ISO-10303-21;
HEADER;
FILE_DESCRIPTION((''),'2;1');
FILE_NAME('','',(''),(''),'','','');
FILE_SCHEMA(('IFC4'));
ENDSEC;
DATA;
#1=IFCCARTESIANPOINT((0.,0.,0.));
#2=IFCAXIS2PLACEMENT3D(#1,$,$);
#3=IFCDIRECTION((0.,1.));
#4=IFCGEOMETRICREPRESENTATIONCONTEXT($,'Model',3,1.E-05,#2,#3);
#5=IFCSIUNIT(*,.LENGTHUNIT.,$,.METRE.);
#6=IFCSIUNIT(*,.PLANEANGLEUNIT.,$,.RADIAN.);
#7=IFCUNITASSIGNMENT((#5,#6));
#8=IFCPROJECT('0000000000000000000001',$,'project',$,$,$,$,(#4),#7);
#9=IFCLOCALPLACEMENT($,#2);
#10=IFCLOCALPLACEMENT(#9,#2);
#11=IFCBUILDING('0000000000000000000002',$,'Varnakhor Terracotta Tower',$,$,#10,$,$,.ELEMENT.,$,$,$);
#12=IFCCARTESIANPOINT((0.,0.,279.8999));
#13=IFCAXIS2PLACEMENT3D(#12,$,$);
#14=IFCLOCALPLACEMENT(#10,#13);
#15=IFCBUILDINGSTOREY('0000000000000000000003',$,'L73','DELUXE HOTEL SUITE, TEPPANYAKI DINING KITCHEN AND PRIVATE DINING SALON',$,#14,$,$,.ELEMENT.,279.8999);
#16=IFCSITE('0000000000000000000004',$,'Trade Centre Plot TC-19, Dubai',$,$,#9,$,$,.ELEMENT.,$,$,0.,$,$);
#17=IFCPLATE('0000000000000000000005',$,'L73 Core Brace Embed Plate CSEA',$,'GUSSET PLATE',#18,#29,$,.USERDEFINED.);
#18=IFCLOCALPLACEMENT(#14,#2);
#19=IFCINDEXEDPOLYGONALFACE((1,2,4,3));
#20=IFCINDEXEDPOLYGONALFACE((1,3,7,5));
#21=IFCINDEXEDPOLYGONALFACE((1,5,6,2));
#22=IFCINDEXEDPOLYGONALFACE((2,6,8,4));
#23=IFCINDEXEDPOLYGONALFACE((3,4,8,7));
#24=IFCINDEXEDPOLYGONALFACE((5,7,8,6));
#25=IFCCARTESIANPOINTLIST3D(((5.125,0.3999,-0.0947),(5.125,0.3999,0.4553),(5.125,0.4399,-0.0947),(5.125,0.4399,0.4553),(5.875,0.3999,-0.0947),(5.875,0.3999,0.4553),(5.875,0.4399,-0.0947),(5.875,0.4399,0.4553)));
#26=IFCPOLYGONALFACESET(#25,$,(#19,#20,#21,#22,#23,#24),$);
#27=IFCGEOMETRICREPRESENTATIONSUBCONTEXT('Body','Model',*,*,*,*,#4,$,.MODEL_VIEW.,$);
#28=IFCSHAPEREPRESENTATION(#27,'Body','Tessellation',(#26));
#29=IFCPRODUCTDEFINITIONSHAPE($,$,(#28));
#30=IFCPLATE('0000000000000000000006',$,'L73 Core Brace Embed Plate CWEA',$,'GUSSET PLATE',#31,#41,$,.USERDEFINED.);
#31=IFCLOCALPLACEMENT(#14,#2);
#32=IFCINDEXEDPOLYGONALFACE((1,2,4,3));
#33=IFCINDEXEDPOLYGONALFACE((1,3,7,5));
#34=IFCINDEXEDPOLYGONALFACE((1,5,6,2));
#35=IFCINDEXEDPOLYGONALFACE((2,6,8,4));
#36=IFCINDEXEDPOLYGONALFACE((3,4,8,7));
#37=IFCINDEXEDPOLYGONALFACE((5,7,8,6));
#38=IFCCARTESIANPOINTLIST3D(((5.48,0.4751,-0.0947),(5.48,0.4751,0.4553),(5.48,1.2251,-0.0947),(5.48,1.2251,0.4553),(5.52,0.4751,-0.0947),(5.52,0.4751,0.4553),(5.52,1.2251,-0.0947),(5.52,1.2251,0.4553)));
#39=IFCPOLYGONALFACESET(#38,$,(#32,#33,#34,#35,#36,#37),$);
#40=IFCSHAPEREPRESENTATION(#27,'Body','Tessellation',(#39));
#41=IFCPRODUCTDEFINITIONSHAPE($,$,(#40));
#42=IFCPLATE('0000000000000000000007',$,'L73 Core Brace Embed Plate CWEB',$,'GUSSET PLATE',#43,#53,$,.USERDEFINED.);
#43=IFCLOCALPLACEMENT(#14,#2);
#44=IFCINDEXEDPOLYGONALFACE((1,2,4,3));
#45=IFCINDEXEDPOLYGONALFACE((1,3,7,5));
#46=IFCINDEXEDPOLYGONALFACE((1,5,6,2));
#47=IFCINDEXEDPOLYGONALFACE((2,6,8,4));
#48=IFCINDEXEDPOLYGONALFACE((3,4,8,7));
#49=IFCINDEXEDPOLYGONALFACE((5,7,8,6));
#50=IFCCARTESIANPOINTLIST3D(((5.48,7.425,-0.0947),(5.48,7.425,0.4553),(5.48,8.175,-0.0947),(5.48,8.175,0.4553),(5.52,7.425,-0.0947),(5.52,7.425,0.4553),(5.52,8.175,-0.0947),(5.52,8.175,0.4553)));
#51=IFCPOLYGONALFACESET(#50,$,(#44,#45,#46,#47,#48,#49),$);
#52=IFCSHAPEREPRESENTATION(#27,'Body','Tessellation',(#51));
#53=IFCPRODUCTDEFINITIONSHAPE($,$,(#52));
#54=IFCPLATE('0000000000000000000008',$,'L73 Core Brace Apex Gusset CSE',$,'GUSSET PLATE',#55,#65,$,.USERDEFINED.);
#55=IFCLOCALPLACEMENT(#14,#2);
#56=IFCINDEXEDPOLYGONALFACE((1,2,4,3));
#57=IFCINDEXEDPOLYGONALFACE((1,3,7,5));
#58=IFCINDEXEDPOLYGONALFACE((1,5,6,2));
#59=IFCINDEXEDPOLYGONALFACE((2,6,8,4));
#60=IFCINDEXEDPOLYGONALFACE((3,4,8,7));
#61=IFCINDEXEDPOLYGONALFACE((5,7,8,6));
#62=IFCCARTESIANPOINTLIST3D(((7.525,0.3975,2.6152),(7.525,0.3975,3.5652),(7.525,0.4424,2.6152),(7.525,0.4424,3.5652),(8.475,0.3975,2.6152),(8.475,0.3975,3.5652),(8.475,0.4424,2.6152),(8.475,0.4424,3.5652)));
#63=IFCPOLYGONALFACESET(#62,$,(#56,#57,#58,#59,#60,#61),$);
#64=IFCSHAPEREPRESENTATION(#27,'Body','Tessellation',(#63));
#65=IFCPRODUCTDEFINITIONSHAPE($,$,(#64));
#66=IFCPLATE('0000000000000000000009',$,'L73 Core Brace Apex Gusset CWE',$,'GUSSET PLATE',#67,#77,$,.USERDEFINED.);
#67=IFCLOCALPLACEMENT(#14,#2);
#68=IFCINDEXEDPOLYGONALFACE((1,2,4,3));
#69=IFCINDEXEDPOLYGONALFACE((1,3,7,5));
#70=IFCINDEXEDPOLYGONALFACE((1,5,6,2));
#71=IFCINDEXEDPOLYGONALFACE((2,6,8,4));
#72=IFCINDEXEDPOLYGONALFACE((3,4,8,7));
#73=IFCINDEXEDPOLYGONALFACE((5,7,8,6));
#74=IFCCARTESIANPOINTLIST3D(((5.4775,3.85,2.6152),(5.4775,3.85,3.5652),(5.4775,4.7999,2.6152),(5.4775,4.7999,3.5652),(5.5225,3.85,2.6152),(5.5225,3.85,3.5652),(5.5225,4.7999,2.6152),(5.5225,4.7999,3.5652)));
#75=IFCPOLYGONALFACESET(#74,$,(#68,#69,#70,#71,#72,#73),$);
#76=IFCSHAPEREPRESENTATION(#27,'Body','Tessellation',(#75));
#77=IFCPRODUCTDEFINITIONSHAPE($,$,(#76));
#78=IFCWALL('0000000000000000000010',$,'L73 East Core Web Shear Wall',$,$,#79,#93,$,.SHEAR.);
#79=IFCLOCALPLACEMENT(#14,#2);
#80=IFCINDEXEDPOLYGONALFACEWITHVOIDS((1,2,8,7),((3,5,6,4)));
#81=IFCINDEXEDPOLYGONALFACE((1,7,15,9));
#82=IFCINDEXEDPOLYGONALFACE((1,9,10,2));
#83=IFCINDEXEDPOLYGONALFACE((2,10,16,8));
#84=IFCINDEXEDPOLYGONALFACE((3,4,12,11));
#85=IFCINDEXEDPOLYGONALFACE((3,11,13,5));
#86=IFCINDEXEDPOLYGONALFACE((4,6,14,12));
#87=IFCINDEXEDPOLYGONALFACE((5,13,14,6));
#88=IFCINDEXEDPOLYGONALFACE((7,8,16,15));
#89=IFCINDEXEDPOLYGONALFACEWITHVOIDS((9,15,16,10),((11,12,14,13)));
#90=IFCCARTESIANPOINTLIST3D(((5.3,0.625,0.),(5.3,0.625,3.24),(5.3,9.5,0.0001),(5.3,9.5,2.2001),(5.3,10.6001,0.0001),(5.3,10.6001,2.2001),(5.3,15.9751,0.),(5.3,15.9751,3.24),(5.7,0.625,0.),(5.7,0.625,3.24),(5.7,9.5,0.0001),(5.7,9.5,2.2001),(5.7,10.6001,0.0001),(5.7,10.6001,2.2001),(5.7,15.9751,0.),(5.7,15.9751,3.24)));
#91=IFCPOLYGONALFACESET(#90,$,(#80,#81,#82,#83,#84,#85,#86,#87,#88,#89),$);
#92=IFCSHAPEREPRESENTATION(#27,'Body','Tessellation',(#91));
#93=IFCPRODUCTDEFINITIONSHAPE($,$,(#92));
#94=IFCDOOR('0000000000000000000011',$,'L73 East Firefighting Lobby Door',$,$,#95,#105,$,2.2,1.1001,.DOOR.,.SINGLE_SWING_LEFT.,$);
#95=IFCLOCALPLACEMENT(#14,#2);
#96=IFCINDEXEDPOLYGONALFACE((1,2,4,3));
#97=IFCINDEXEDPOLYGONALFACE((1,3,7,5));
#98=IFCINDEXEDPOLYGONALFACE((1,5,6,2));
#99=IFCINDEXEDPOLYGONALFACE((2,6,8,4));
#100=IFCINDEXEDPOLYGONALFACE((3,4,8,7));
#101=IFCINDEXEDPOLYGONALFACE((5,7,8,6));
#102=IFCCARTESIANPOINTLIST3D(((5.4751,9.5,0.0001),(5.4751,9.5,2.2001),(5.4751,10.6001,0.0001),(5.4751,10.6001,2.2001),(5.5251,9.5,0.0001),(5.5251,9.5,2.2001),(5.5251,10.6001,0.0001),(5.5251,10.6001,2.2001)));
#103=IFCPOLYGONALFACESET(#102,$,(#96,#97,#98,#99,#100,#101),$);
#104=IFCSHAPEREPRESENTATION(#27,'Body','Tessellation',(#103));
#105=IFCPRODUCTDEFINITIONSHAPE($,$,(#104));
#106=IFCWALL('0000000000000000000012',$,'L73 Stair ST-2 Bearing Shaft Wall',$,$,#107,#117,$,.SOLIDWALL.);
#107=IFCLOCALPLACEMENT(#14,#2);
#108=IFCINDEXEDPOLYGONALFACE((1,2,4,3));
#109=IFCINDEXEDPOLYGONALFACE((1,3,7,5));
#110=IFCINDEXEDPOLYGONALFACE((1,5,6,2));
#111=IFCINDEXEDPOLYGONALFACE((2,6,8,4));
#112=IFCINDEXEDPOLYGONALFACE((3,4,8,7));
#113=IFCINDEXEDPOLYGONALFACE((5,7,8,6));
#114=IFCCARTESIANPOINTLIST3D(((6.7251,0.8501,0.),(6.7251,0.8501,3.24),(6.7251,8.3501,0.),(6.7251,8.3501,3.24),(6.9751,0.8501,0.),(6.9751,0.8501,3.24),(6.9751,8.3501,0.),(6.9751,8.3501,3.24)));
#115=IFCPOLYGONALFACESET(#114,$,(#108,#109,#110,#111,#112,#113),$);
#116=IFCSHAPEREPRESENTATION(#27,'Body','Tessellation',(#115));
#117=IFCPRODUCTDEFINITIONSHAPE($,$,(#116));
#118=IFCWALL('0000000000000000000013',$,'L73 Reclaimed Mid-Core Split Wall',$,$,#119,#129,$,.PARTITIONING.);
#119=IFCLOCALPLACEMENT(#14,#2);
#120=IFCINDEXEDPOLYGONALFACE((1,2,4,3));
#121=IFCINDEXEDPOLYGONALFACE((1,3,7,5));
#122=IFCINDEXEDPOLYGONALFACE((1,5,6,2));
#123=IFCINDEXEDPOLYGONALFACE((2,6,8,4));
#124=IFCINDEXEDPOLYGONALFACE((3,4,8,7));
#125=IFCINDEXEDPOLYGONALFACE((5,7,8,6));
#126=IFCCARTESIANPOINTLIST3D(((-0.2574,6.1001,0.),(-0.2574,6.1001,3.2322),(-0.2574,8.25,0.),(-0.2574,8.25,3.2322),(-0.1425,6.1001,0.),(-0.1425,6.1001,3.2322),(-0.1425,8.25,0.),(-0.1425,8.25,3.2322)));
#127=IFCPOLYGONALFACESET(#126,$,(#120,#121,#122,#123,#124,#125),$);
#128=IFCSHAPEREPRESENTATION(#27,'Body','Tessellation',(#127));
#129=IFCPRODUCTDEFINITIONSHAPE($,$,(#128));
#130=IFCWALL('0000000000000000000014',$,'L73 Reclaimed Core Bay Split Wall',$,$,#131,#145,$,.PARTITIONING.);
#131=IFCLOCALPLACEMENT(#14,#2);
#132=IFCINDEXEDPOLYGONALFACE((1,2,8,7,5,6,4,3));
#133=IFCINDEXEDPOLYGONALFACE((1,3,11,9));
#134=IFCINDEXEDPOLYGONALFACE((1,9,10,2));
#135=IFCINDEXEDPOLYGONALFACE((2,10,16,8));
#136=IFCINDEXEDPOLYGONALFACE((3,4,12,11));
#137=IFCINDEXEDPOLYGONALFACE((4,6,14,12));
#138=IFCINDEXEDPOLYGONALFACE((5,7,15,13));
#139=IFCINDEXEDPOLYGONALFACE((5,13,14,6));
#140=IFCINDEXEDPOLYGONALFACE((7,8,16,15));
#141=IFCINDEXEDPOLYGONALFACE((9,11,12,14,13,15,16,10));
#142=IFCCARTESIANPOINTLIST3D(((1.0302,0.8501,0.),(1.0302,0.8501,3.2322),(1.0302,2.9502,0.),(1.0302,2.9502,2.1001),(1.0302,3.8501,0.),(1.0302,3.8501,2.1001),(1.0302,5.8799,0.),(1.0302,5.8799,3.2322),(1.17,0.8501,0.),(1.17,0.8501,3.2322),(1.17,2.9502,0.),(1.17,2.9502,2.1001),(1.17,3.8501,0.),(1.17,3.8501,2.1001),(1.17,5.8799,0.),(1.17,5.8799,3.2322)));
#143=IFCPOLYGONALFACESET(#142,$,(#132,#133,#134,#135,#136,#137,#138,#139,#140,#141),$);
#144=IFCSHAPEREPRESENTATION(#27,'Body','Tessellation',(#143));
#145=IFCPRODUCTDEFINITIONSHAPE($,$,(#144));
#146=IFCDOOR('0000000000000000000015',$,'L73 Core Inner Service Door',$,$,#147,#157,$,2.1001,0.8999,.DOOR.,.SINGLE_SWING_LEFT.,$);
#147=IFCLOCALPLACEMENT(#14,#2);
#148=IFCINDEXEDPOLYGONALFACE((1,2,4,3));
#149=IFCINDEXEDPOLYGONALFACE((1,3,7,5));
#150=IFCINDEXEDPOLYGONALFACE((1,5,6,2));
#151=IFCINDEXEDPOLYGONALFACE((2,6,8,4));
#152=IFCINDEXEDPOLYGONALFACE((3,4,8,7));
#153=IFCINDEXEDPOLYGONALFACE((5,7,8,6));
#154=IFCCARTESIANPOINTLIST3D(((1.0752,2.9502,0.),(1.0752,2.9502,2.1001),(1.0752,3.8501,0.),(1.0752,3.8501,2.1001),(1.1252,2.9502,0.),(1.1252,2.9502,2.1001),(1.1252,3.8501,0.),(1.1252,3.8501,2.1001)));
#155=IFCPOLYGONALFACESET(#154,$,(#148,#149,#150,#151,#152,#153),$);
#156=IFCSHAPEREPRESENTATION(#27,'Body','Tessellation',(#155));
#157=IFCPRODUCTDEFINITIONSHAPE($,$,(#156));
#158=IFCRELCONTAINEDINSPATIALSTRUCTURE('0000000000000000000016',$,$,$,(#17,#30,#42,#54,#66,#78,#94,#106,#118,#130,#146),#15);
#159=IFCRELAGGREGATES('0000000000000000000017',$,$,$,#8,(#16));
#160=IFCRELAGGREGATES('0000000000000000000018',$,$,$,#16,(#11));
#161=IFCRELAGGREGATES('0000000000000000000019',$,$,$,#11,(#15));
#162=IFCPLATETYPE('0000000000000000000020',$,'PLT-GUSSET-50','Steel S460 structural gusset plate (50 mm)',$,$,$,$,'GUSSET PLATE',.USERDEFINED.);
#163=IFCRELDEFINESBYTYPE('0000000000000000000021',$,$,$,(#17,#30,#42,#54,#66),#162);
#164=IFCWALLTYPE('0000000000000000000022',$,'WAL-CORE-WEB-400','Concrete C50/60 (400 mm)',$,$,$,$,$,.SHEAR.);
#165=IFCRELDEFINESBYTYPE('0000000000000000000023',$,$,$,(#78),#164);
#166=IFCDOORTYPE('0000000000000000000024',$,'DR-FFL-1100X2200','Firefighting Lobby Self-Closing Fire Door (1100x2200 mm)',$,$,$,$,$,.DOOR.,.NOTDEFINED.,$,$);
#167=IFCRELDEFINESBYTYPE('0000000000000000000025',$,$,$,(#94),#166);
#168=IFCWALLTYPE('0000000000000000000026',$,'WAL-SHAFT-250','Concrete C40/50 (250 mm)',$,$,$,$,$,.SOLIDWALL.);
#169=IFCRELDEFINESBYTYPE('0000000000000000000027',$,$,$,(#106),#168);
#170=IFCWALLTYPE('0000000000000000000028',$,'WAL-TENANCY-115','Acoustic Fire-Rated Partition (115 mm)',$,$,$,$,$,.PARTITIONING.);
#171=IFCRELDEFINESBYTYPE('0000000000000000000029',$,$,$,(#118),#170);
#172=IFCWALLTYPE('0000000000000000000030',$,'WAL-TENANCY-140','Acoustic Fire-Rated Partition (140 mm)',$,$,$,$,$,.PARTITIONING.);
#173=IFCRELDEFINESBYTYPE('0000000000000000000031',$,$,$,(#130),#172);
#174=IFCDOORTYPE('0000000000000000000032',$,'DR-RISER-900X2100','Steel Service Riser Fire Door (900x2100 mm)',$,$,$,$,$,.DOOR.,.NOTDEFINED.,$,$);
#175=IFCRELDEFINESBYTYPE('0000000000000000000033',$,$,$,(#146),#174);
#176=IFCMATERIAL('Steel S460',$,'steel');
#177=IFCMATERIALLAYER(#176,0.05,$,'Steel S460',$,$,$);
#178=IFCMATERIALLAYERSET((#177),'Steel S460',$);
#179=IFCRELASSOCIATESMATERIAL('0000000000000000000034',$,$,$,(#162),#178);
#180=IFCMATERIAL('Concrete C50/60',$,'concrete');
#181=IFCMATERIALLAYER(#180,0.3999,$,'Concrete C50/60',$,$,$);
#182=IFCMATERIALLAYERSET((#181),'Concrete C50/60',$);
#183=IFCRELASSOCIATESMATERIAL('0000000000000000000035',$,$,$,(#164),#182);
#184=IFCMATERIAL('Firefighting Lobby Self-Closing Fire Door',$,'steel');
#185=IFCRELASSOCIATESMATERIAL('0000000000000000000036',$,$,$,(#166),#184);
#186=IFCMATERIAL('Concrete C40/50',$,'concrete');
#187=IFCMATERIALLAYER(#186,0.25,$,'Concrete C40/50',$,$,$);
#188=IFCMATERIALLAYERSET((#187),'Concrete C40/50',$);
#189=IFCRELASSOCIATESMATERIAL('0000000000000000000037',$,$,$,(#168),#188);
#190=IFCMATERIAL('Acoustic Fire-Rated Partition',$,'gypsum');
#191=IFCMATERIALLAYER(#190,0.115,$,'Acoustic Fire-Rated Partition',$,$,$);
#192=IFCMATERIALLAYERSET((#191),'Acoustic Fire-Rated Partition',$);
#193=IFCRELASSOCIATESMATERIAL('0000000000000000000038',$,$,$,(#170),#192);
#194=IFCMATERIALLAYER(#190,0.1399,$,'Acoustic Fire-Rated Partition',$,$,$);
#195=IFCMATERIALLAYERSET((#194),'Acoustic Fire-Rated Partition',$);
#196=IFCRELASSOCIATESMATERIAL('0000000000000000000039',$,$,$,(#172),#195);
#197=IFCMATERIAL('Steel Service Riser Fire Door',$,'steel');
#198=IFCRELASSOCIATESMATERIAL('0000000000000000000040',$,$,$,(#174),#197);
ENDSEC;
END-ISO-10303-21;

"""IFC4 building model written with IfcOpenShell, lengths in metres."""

from ifc_helpers import new_model, si_unit, direction, frame, frame_2d, origin, origin_2d, place, context, subcontext, project, spatial, rectangle, extrude, source, transform, mapped, material, layer, layer_set, type_object, type_shapes, element, fill, save


model = new_model("IFC4")

# Units and contexts
model_context = context("Model", 3, precision=1e-05, world=origin(), true_north=direction((0.0, 1.0)))
body_context = subcontext(model_context, "Body", "Model", "MODEL_VIEW")
ifc_project = project(units=[si_unit("LENGTHUNIT", "METRE"), si_unit("PLANEANGLEUNIT", "RADIAN")], contexts=[model_context])

# Site, building, storey
site_placement = place(None, origin())
site = spatial("IfcSite", under=ifc_project, at=site_placement, Name="Trade Centre Plot TC-19, Dubai", CompositionType="ELEMENT", RefElevation=0.0)
building_placement = place(site_placement, origin())
building = spatial("IfcBuilding", under=site, at=building_placement, Name="Varnakhor Terracotta Tower", CompositionType="ELEMENT")
storey_placement = place(building_placement, frame((0.0, 0.0, 279.8999)))
storey = spatial("IfcBuildingStorey", under=building, at=storey_placement, Name="L73", Description="DELUXE HOTEL SUITE, TEPPANYAKI DINING KITCHEN AND PRIVATE DINING SALON", CompositionType="ELEMENT", Elevation=279.8999)

# Shared definitions
ifc_material_1 = material(Name="Concrete C50/60", Category="concrete")

# Shared definitions
ifc_material_2 = material(Name="Concrete C40/50", Category="concrete")

# Plates
ifc_material_3 = material(Name="Steel S460", Category="steel")
ifc_layer_1 = layer(ifc_material_3, 0.05, Name="Steel S460")
ifc_layer_set_1 = layer_set([ifc_layer_1], Name="Steel S460")
plate_type = type_object("IfcPlateType", Name="PLT-GUSSET-50", Description="Steel S460 structural gusset plate (50 mm)", ElementType="GUSSET PLATE", PredefinedType="USERDEFINED", material=ifc_layer_set_1)
shared_shape_1 = source(origin(), body_context, "Body", "SweptSolid", [
    extrude(rectangle(XDim=0.75, YDim=0.04, at=origin_2d()), origin(), (0.0, 0.0, 1.0), 0.55),
])
type_shapes(plate_type, [shared_shape_1])
for number, where, z_axis, x_axis, name in (
    (1, (5.5, 0.4199, -0.0947), (0.0, 0.0, 1.0), (1.0, 0.0, 0.0), "L73 Core Brace Embed Plate CSEA"),
    (2, (5.5, 0.8501, -0.0947), (0.0, 0.0, 1.0), (0.0, 1.0, 0.0), "L73 Core Brace Embed Plate CWEA"),
    (3, (5.5, 7.8, -0.0947), (0.0, 0.0, 1.0), (0.0, 1.0, 0.0), "L73 Core Brace Embed Plate CWEB"),
):
    element("IfcPlate", number, at=place(storey_placement, frame(where, z_axis=z_axis, x_axis=x_axis)), inside=storey, type_object=plate_type, Name=name, ObjectType="GUSSET PLATE", PredefinedType="USERDEFINED", context=body_context, shape_type="MappedRepresentation", body=[
        mapped(shared_shape_1, transform((0.0, 0.0, 0.0), scale=1.0)),
    ])
shared_shape_2 = source(origin(), body_context, "Body", "SweptSolid", [
    extrude(rectangle(XDim=0.95, YDim=0.0449, at=origin_2d()), origin(), (0.0, 0.0, 1.0), 0.95),
])
for number, where, z_axis, x_axis, name in (
    (4, (8.0, 0.4199, 2.6152), (0.0, 0.0, 1.0), (1.0, 0.0, 0.0), "L73 Core Brace Apex Gusset CSE"),
    (5, (5.5, 4.325, 2.6152), (0.0, 0.0, 1.0), (0.0, 1.0, 0.0), "L73 Core Brace Apex Gusset CWE"),
):
    element("IfcPlate", number, at=place(storey_placement, frame(where, z_axis=z_axis, x_axis=x_axis)), inside=storey, type_object=plate_type, Name=name, ObjectType="GUSSET PLATE", PredefinedType="USERDEFINED", context=body_context, shape_type="MappedRepresentation", body=[
        mapped(shared_shape_2, transform((0.0, 0.0, 0.0), scale=1.0)),
    ])

# Wall, opening, door
ifc_layer_2 = layer(ifc_material_1, 0.3999, Name="Concrete C50/60")
ifc_layer_set_2 = layer_set([ifc_layer_2], Name="Concrete C50/60")
wall_type_1 = type_object("IfcWallType", Name="WAL-CORE-WEB-400", Description="Concrete C50/60 (400 mm)", PredefinedType="SHEAR", material=ifc_layer_set_2)
wall_1_placement = place(storey_placement, frame((5.5, 0.625, 0.0), z_axis=(0.0, 0.0, 1.0), x_axis=(0.0, 1.0, 0.0)))
wall_1 = element("IfcWall", 6, at=wall_1_placement, inside=storey, type_object=wall_type_1, Name="L73 East Core Web Shear Wall", PredefinedType="SHEAR", context=body_context, shape_type="SweptSolid", body=[
    extrude(rectangle(XDim=15.3501, YDim=0.3999, at=frame_2d((7.675, 0.0))), origin(), (0.0, 0.0, 1.0), 3.24),
])
opening_1_placement = place(wall_1_placement, frame((8.875, 0.0, 0.0)))
opening_1 = element("IfcOpeningElement", 7, at=opening_1_placement, cuts=wall_1, PredefinedType="OPENING", context=body_context, shape_type="SweptSolid", body=[
    extrude(rectangle(XDim=1.1001, YDim=2.2, at=frame_2d((0.55, 1.1001))), frame((0.0, 0.21, 0.0), z_axis=(0.0, -1.0, 0.0), x_axis=(1.0, 0.0, 0.0)), (0.0, 0.0, 1.0), 0.4199),
])
ifc_material_4 = material(Name="Firefighting Lobby Self-Closing Fire Door", Category="steel")
door_type_1 = type_object("IfcDoorType", Name="DR-FFL-1100X2200", Description="Firefighting Lobby Self-Closing Fire Door (1100x2200 mm)", OperationType="NOTDEFINED", PredefinedType="DOOR", material=ifc_material_4)
shared_shape_3 = source(origin(), body_context, "Body", "SweptSolid", [
    extrude(rectangle(XDim=1.1001, YDim=2.2, at=frame_2d((0.55, 1.1001))), frame((0.0, 0.0249, 0.0), z_axis=(0.0, -1.0, 0.0), x_axis=(1.0, 0.0, 0.0)), (0.0, 0.0, 1.0), 0.05),
])
type_shapes(door_type_1, [shared_shape_3])
door_1_placement = place(opening_1_placement, origin())
door_1 = element("IfcDoor", 8, at=door_1_placement, inside=storey, type_object=door_type_1, Name="L73 East Firefighting Lobby Door", OperationType="SINGLE_SWING_LEFT", OverallHeight=2.2, OverallWidth=1.1001, PredefinedType="DOOR", context=body_context, shape_type="MappedRepresentation", body=[
    mapped(shared_shape_3, transform((0.0, 0.0, 0.0), scale=1.0)),
])
fill(opening_1, door_1)

# Walls
ifc_layer_3 = layer(ifc_material_2, 0.25, Name="Concrete C40/50")
ifc_layer_set_3 = layer_set([ifc_layer_3], Name="Concrete C40/50")
wall_type_2 = type_object("IfcWallType", Name="WAL-SHAFT-250", Description="Concrete C40/50 (250 mm)", PredefinedType="SOLIDWALL", material=ifc_layer_set_3)
wall_2_placement = place(storey_placement, frame((6.8501, 0.8501, 0.0), z_axis=(0.0, 0.0, 1.0), x_axis=(0.0, 1.0, 0.0)))
element("IfcWall", 9, at=wall_2_placement, inside=storey, type_object=wall_type_2, Name="L73 Stair ST-2 Bearing Shaft Wall", PredefinedType="SOLIDWALL", context=body_context, shape_type="SweptSolid", body=[
    extrude(rectangle(XDim=7.5, YDim=0.25, at=frame_2d((3.75, 0.0))), origin(), (0.0, 0.0, 1.0), 3.24),
])
ifc_material_5 = material(Name="Acoustic Fire-Rated Partition", Category="gypsum")
ifc_layer_4 = layer(ifc_material_5, 0.115, Name="Acoustic Fire-Rated Partition")
ifc_layer_set_4 = layer_set([ifc_layer_4], Name="Acoustic Fire-Rated Partition")
wall_type_3 = type_object("IfcWallType", Name="WAL-TENANCY-115", Description="Acoustic Fire-Rated Partition (115 mm)", PredefinedType="PARTITIONING", material=ifc_layer_set_4)
wall_3_placement = place(storey_placement, frame((-0.2, 6.1001, 0.0), z_axis=(0.0, 0.0, 1.0), x_axis=(0.0, 1.0, 0.0)))
element("IfcWall", 10, at=wall_3_placement, inside=storey, type_object=wall_type_3, Name="L73 Reclaimed Mid-Core Split Wall", PredefinedType="PARTITIONING", context=body_context, shape_type="SweptSolid", body=[
    extrude(rectangle(XDim=2.1499, YDim=0.115, at=frame_2d((1.075, 0.0))), origin(), (0.0, 0.0, 1.0), 3.2322),
])

# Wall, opening, door
ifc_layer_5 = layer(ifc_material_5, 0.1399, Name="Acoustic Fire-Rated Partition")
ifc_layer_set_5 = layer_set([ifc_layer_5], Name="Acoustic Fire-Rated Partition")
wall_type_4 = type_object("IfcWallType", Name="WAL-TENANCY-140", Description="Acoustic Fire-Rated Partition (140 mm)", PredefinedType="PARTITIONING", material=ifc_layer_set_5)
wall_4_placement = place(storey_placement, frame((1.1001, 0.8501, 0.0), z_axis=(0.0, 0.0, 1.0), x_axis=(0.0, 1.0, 0.0)))
wall_4 = element("IfcWall", 11, at=wall_4_placement, inside=storey, type_object=wall_type_4, Name="L73 Reclaimed Core Bay Split Wall", PredefinedType="PARTITIONING", context=body_context, shape_type="SweptSolid", body=[
    extrude(rectangle(XDim=5.0298, YDim=0.1399, at=frame_2d((2.5149, 0.0))), origin(), (0.0, 0.0, 1.0), 3.2322),
])
opening_2_placement = place(wall_4_placement, frame((2.1001, 0.0, 0.0)))
opening_2 = element("IfcOpeningElement", 12, at=opening_2_placement, cuts=wall_4, PredefinedType="OPENING", context=body_context, shape_type="SweptSolid", body=[
    extrude(rectangle(XDim=0.8999, YDim=2.1001, at=frame_2d((0.45, 1.05))), frame((0.0, 0.0801, 0.0), z_axis=(0.0, -1.0, 0.0), x_axis=(1.0, 0.0, 0.0)), (0.0, 0.0, 1.0), 0.1599),
])
ifc_material_6 = material(Name="Steel Service Riser Fire Door", Category="steel")
door_type_2 = type_object("IfcDoorType", Name="DR-RISER-900X2100", Description="Steel Service Riser Fire Door (900x2100 mm)", OperationType="NOTDEFINED", PredefinedType="DOOR", material=ifc_material_6)
shared_shape_4 = source(origin(), body_context, "Body", "SweptSolid", [
    extrude(rectangle(XDim=0.8999, YDim=2.1001, at=frame_2d((0.45, 1.05))), frame((0.0, 0.0249, 0.0), z_axis=(0.0, -1.0, 0.0), x_axis=(1.0, 0.0, 0.0)), (0.0, 0.0, 1.0), 0.05),
])
type_shapes(door_type_2, [shared_shape_4])
door_2_placement = place(opening_2_placement, origin())
door_2 = element("IfcDoor", 13, at=door_2_placement, inside=storey, type_object=door_type_2, Name="L73 Core Inner Service Door", OperationType="SINGLE_SWING_LEFT", OverallHeight=2.1001, OverallWidth=0.8999, PredefinedType="DOOR", context=body_context, shape_type="MappedRepresentation", body=[
    mapped(shared_shape_4, transform((0.0, 0.0, 0.0), scale=1.0)),
])
fill(opening_2, door_2)

save(model, "model.ifc")
